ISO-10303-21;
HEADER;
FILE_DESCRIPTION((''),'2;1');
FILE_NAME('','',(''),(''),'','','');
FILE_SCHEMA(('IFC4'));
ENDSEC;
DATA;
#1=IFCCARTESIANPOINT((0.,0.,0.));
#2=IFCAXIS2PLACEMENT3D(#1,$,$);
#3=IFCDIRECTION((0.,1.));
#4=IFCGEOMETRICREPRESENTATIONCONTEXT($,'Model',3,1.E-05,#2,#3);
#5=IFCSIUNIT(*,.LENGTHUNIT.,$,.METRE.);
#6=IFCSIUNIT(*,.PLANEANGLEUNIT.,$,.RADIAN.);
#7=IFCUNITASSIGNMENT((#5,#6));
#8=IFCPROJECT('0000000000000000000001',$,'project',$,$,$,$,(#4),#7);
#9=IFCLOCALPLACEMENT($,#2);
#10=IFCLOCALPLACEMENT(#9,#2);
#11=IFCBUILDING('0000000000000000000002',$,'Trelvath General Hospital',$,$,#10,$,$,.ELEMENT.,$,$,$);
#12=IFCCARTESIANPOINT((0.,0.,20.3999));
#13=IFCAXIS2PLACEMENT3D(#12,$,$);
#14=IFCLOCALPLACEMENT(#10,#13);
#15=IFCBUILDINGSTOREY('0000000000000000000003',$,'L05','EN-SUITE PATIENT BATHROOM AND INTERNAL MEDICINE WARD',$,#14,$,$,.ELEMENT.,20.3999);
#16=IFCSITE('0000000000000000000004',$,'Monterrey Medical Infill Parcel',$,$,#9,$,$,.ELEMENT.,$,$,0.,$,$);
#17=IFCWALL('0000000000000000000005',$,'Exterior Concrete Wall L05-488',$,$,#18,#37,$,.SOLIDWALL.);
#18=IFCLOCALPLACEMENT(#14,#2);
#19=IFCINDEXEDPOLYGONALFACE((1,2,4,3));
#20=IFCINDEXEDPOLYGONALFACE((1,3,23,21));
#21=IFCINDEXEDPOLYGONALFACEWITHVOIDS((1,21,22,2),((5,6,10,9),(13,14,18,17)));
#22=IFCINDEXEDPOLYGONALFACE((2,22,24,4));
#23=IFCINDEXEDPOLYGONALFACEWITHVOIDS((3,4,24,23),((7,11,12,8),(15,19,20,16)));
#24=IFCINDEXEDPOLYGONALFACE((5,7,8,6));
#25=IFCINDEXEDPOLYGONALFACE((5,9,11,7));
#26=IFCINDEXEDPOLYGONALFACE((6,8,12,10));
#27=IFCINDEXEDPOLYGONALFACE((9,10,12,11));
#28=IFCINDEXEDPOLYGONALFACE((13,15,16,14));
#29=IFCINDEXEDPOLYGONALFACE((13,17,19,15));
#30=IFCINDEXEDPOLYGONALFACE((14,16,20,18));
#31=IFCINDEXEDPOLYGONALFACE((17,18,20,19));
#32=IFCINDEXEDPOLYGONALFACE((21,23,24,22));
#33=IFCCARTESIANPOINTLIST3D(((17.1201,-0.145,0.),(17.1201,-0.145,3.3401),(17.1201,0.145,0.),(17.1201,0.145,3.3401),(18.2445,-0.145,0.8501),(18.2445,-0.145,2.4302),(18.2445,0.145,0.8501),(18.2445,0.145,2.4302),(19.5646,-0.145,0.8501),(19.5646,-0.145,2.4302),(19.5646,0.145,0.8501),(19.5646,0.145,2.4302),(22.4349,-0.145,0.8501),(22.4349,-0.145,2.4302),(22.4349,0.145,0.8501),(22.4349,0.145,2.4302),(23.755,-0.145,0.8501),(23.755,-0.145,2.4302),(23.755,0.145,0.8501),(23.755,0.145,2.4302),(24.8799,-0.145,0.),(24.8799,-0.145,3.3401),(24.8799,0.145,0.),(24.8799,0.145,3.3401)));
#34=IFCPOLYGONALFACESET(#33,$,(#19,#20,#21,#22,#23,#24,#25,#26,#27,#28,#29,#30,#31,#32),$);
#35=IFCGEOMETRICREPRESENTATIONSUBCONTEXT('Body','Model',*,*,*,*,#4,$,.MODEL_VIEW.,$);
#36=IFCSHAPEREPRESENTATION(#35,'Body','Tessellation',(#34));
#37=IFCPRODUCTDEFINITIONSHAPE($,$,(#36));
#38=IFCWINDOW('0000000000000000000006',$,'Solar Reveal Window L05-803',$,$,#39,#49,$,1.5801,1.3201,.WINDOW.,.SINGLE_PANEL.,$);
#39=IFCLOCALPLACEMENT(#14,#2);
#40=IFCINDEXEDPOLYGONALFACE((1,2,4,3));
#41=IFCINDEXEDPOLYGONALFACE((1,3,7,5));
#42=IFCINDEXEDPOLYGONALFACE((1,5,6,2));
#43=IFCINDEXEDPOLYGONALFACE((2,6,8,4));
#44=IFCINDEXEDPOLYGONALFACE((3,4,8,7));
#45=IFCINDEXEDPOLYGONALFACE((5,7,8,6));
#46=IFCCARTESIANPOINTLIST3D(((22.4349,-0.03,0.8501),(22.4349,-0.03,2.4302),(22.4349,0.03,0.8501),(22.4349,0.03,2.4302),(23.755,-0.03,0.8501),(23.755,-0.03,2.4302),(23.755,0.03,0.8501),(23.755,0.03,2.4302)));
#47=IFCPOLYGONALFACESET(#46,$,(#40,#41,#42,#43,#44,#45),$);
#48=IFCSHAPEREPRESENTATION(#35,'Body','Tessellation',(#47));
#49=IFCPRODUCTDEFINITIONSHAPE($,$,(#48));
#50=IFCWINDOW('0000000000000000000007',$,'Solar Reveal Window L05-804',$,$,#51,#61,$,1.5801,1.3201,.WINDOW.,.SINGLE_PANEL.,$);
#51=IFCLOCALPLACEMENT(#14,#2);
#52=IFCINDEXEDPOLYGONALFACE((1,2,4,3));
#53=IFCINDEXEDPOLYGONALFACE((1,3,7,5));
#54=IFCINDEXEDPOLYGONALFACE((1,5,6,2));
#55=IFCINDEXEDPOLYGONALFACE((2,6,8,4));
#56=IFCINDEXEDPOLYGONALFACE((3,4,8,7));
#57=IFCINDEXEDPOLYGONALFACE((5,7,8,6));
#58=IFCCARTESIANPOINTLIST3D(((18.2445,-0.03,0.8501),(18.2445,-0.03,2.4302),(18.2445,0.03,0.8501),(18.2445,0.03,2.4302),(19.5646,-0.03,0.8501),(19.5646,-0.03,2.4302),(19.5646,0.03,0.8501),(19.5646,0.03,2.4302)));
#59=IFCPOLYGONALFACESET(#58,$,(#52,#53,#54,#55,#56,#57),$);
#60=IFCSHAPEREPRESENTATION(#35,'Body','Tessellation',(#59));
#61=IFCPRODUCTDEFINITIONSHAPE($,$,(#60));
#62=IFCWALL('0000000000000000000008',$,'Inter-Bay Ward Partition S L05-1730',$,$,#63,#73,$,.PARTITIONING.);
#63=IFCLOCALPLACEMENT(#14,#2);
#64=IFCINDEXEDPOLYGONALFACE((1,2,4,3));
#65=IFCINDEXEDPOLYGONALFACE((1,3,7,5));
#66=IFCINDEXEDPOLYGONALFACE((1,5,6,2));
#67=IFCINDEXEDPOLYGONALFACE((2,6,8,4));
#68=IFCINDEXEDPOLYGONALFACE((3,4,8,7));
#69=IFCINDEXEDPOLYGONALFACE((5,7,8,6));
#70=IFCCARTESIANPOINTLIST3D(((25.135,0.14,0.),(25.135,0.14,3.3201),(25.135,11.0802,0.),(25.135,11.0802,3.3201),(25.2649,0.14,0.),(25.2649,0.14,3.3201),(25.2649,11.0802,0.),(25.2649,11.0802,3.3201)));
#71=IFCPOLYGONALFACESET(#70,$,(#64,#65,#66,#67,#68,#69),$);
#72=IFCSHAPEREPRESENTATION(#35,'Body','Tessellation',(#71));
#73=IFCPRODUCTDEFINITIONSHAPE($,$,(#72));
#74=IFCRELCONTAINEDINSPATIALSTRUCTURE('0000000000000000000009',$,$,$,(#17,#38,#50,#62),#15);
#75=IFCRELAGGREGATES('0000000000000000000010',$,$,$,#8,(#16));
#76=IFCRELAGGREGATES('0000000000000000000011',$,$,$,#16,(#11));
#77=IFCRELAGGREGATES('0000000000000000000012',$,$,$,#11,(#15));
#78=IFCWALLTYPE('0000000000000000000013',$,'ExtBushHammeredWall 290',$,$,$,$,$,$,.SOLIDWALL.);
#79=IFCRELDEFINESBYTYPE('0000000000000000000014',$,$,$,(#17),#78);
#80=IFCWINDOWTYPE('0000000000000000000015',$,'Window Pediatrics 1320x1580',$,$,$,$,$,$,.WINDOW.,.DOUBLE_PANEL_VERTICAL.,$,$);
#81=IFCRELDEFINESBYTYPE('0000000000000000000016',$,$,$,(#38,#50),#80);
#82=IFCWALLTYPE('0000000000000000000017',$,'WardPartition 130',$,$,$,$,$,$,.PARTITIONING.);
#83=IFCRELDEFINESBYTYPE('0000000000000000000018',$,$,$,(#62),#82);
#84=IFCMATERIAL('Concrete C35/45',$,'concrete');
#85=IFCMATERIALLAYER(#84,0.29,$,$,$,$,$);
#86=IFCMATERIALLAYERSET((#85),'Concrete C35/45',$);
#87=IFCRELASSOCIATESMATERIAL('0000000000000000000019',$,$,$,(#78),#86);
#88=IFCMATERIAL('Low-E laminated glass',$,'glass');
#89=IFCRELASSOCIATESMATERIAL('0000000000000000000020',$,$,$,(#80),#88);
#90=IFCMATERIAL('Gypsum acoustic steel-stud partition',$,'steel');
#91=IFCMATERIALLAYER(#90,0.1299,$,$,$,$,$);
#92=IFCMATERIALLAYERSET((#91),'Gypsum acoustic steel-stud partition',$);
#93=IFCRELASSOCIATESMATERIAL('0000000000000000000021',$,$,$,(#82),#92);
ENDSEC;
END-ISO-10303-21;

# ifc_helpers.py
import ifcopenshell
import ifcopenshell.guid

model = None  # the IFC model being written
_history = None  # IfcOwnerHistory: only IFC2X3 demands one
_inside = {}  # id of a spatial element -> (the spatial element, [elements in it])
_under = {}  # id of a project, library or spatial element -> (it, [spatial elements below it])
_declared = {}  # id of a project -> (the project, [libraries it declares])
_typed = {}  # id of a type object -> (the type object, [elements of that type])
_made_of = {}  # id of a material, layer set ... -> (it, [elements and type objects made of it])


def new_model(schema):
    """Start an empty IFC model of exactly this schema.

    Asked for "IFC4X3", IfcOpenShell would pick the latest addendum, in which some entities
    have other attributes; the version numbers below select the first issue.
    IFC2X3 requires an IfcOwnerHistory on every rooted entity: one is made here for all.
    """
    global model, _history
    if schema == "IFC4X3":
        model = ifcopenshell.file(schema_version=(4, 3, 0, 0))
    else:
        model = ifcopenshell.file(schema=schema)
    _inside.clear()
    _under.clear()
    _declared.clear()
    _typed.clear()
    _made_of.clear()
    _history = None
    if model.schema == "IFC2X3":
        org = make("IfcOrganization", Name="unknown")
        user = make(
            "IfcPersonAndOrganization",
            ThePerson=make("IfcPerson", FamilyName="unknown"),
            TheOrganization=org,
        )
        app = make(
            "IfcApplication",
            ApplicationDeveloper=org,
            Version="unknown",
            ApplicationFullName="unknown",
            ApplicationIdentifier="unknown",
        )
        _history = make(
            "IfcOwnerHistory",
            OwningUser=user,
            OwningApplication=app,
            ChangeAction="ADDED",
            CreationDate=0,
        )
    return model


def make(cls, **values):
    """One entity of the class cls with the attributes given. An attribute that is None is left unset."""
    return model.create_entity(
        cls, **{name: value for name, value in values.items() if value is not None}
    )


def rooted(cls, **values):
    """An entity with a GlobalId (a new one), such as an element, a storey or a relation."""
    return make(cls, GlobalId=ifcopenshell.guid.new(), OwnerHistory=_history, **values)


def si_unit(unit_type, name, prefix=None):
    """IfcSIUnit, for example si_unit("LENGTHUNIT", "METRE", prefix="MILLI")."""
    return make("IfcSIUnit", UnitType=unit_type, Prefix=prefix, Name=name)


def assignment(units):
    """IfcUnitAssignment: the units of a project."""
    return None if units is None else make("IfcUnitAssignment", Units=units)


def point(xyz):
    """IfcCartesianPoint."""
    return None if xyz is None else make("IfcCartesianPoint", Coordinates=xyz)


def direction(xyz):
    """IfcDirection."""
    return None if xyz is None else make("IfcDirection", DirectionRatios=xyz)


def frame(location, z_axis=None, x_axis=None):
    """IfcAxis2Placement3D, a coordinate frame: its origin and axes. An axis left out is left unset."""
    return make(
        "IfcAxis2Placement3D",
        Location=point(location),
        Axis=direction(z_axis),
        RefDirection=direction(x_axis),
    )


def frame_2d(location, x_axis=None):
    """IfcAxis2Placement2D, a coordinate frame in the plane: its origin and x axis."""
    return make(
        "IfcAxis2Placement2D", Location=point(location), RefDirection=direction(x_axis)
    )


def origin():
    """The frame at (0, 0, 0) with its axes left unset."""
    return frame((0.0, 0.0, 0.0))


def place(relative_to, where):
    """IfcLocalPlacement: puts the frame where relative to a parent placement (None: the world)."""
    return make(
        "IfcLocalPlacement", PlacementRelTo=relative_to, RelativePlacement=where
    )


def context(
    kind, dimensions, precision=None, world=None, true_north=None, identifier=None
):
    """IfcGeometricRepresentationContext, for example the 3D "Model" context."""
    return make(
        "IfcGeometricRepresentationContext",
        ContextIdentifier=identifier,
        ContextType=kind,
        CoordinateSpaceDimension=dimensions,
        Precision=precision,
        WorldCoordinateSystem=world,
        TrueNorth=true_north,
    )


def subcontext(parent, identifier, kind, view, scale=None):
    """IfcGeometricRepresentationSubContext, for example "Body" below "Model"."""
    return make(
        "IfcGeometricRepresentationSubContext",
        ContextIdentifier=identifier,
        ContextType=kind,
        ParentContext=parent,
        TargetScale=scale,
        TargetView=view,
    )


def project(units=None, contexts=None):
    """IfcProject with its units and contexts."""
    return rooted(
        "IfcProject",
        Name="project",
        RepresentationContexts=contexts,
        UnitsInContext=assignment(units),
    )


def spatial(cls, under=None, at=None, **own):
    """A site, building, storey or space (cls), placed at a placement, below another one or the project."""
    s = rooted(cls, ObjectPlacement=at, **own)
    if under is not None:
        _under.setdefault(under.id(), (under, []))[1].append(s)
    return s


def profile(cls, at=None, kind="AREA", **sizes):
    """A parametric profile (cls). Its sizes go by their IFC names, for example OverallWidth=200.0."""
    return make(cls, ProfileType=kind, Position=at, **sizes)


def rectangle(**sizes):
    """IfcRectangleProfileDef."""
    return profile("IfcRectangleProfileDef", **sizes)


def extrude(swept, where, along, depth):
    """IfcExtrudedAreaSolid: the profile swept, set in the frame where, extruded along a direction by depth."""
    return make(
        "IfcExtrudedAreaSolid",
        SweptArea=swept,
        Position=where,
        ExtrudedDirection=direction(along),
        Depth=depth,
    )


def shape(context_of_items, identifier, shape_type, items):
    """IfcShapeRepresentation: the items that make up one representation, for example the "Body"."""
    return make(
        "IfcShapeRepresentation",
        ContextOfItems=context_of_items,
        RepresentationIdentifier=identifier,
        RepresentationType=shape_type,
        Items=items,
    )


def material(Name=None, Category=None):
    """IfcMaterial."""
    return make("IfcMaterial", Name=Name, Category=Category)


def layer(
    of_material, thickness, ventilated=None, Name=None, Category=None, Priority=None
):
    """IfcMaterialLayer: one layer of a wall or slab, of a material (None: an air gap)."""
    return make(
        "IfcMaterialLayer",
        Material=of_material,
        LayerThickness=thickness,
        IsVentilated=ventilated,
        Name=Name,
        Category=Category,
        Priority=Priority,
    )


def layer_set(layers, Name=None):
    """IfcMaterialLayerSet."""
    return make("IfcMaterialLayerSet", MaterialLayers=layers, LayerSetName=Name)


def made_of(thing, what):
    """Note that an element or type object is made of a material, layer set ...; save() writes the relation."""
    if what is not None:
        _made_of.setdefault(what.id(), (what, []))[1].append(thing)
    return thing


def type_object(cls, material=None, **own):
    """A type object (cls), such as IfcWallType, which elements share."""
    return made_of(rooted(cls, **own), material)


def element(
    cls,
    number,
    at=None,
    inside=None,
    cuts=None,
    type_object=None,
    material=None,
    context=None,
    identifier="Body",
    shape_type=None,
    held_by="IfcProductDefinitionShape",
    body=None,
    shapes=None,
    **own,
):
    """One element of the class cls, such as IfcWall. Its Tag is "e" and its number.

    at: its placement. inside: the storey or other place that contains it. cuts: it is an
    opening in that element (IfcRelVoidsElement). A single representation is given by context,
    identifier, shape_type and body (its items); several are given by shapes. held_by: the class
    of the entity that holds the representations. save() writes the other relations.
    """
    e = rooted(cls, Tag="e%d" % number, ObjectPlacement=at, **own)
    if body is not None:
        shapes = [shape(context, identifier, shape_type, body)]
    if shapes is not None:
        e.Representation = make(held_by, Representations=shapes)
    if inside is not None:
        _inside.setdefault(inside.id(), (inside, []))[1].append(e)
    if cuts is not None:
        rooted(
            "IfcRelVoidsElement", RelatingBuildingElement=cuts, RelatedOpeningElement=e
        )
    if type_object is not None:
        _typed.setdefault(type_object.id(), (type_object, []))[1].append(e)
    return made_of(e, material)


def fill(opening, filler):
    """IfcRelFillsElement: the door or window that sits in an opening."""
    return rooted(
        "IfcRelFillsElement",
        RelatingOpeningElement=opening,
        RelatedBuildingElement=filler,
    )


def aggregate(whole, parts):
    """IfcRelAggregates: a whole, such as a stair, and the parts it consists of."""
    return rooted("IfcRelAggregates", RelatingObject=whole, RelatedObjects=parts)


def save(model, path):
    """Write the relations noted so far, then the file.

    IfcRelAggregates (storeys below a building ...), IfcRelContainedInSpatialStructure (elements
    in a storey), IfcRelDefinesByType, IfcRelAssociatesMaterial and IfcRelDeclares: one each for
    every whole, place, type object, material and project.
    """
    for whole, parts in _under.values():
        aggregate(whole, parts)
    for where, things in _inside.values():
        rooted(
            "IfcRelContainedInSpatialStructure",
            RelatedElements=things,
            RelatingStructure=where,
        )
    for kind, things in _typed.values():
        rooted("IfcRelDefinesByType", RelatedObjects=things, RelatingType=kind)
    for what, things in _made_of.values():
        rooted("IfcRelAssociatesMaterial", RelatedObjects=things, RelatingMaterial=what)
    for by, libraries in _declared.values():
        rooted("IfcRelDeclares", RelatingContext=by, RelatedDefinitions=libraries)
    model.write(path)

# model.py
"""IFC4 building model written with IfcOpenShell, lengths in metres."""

from ifc_helpers import new_model, si_unit, direction, frame, frame_2d, origin, place, context, subcontext, project, spatial, rectangle, extrude, material, layer, layer_set, type_object, element, fill, save


model = new_model("IFC4")

# Units and contexts
model_context = context("Model", 3, precision=1e-05, world=origin(), true_north=direction((0.0, 1.0)))
body_context = subcontext(model_context, "Body", "Model", "MODEL_VIEW")
ifc_project = project(units=[si_unit("LENGTHUNIT", "METRE"), si_unit("PLANEANGLEUNIT", "RADIAN")], contexts=[model_context])

# Site, building, storey
site_placement = place(None, origin())
site = spatial("IfcSite", under=ifc_project, at=site_placement, Name="Monterrey Medical Infill Parcel", CompositionType="ELEMENT", RefElevation=0.0)
building_placement = place(site_placement, origin())
building = spatial("IfcBuilding", under=site, at=building_placement, Name="Trelvath General Hospital", CompositionType="ELEMENT")
storey_placement = place(building_placement, frame((0.0, 0.0, 20.3999)))
storey = spatial("IfcBuildingStorey", under=building, at=storey_placement, Name="L05", Description="EN-SUITE PATIENT BATHROOM AND INTERNAL MEDICINE WARD", CompositionType="ELEMENT", Elevation=20.3999)

# Wall, openings, windows
ifc_material_1 = material(Name="Concrete C35/45", Category="concrete")
ifc_layer_1 = layer(ifc_material_1, 0.29)
ifc_layer_set_1 = layer_set([ifc_layer_1], Name="Concrete C35/45")
wall_type_1 = type_object("IfcWallType", Name="ExtBushHammeredWall 290", PredefinedType="SOLIDWALL", material=ifc_layer_set_1)
wall_1_placement = place(storey_placement, frame((24.8799, 0.0, 0.0), z_axis=(0.0, 0.0, 1.0), x_axis=(-1.0, 0.0, 0.0)))
wall_1 = element("IfcWall", 1, at=wall_1_placement, inside=storey, type_object=wall_type_1, Name="Exterior Concrete Wall L05-488", PredefinedType="SOLIDWALL", context=body_context, shape_type="SweptSolid", body=[
    extrude(rectangle(XDim=7.7598, YDim=0.29, at=frame_2d((3.8799, 0.0))), origin(), (0.0, 0.0, 1.0), 3.3401),
])
opening_1_placement = place(wall_1_placement, frame((1.1248, 0.0, 0.8501)))
opening_1 = element("IfcOpeningElement", 2, at=opening_1_placement, cuts=wall_1, PredefinedType="OPENING", context=body_context, shape_type="SweptSolid", body=[
    extrude(rectangle(XDim=1.3201, YDim=1.5801, at=frame_2d((0.6602, 0.79))), frame((0.0, 0.155, 0.0), z_axis=(0.0, -1.0, 0.0), x_axis=(1.0, 0.0, 0.0)), (0.0, 0.0, 1.0), 0.3101),
])
opening_2_placement = place(wall_1_placement, frame((5.3152, 0.0, 0.8501)))
opening_2 = element("IfcOpeningElement", 3, at=opening_2_placement, cuts=wall_1, PredefinedType="OPENING", context=body_context, shape_type="SweptSolid", body=[
    extrude(rectangle(XDim=1.3201, YDim=1.5801, at=frame_2d((0.6602, 0.79))), frame((0.0, 0.155, 0.0), z_axis=(0.0, -1.0, 0.0), x_axis=(1.0, 0.0, 0.0)), (0.0, 0.0, 1.0), 0.3101),
])
ifc_material_2 = material(Name="Low-E laminated glass", Category="glass")
window_type = type_object("IfcWindowType", Name="Window Pediatrics 1320x1580", PartitioningType="DOUBLE_PANEL_VERTICAL", PredefinedType="WINDOW", material=ifc_material_2)
window_1_placement = place(opening_1_placement, origin())
window_1 = element("IfcWindow", 4, at=window_1_placement, inside=storey, type_object=window_type, Name="Solar Reveal Window L05-803", OverallHeight=1.5801, OverallWidth=1.3201, PartitioningType="SINGLE_PANEL", PredefinedType="WINDOW", context=body_context, shape_type="SweptSolid", body=[
    extrude(rectangle(XDim=1.3201, YDim=1.5801, at=frame_2d((0.6602, 0.79))), frame((0.0, 0.03, 0.0), z_axis=(0.0, -1.0, 0.0), x_axis=(1.0, 0.0, 0.0)), (0.0, 0.0, 1.0), 0.0601),
])
fill(opening_1, window_1)
window_2_placement = place(opening_2_placement, origin())
window_2 = element("IfcWindow", 5, at=window_2_placement, inside=storey, type_object=window_type, Name="Solar Reveal Window L05-804", OverallHeight=1.5801, OverallWidth=1.3201, PartitioningType="SINGLE_PANEL", PredefinedType="WINDOW", context=body_context, shape_type="SweptSolid", body=[
    extrude(rectangle(XDim=1.3201, YDim=1.5801, at=frame_2d((0.6602, 0.79))), frame((0.0, 0.03, 0.0), z_axis=(0.0, -1.0, 0.0), x_axis=(1.0, 0.0, 0.0)), (0.0, 0.0, 1.0), 0.0601),
])
fill(opening_2, window_2)

# Wall
ifc_material_3 = material(Name="Gypsum acoustic steel-stud partition", Category="steel")
ifc_layer_2 = layer(ifc_material_3, 0.1299)
ifc_layer_set_2 = layer_set([ifc_layer_2], Name="Gypsum acoustic steel-stud partition")
wall_type_2 = type_object("IfcWallType", Name="WardPartition 130", PredefinedType="PARTITIONING", material=ifc_layer_set_2)
wall_2_placement = place(storey_placement, frame((25.2, 0.1399, 0.0), z_axis=(0.0, 0.0, 1.0), x_axis=(0.0, 1.0, 0.0)))
element("IfcWall", 6, at=wall_2_placement, inside=storey, type_object=wall_type_2, Name="Inter-Bay Ward Partition S L05-1730", PredefinedType="PARTITIONING", context=body_context, shape_type="SweptSolid", body=[
    extrude(rectangle(XDim=10.9402, YDim=0.1299, at=frame_2d((5.4702, 0.0))), origin(), (0.0, 0.0, 1.0), 3.3201),
])

save(model, "model.ifc")
